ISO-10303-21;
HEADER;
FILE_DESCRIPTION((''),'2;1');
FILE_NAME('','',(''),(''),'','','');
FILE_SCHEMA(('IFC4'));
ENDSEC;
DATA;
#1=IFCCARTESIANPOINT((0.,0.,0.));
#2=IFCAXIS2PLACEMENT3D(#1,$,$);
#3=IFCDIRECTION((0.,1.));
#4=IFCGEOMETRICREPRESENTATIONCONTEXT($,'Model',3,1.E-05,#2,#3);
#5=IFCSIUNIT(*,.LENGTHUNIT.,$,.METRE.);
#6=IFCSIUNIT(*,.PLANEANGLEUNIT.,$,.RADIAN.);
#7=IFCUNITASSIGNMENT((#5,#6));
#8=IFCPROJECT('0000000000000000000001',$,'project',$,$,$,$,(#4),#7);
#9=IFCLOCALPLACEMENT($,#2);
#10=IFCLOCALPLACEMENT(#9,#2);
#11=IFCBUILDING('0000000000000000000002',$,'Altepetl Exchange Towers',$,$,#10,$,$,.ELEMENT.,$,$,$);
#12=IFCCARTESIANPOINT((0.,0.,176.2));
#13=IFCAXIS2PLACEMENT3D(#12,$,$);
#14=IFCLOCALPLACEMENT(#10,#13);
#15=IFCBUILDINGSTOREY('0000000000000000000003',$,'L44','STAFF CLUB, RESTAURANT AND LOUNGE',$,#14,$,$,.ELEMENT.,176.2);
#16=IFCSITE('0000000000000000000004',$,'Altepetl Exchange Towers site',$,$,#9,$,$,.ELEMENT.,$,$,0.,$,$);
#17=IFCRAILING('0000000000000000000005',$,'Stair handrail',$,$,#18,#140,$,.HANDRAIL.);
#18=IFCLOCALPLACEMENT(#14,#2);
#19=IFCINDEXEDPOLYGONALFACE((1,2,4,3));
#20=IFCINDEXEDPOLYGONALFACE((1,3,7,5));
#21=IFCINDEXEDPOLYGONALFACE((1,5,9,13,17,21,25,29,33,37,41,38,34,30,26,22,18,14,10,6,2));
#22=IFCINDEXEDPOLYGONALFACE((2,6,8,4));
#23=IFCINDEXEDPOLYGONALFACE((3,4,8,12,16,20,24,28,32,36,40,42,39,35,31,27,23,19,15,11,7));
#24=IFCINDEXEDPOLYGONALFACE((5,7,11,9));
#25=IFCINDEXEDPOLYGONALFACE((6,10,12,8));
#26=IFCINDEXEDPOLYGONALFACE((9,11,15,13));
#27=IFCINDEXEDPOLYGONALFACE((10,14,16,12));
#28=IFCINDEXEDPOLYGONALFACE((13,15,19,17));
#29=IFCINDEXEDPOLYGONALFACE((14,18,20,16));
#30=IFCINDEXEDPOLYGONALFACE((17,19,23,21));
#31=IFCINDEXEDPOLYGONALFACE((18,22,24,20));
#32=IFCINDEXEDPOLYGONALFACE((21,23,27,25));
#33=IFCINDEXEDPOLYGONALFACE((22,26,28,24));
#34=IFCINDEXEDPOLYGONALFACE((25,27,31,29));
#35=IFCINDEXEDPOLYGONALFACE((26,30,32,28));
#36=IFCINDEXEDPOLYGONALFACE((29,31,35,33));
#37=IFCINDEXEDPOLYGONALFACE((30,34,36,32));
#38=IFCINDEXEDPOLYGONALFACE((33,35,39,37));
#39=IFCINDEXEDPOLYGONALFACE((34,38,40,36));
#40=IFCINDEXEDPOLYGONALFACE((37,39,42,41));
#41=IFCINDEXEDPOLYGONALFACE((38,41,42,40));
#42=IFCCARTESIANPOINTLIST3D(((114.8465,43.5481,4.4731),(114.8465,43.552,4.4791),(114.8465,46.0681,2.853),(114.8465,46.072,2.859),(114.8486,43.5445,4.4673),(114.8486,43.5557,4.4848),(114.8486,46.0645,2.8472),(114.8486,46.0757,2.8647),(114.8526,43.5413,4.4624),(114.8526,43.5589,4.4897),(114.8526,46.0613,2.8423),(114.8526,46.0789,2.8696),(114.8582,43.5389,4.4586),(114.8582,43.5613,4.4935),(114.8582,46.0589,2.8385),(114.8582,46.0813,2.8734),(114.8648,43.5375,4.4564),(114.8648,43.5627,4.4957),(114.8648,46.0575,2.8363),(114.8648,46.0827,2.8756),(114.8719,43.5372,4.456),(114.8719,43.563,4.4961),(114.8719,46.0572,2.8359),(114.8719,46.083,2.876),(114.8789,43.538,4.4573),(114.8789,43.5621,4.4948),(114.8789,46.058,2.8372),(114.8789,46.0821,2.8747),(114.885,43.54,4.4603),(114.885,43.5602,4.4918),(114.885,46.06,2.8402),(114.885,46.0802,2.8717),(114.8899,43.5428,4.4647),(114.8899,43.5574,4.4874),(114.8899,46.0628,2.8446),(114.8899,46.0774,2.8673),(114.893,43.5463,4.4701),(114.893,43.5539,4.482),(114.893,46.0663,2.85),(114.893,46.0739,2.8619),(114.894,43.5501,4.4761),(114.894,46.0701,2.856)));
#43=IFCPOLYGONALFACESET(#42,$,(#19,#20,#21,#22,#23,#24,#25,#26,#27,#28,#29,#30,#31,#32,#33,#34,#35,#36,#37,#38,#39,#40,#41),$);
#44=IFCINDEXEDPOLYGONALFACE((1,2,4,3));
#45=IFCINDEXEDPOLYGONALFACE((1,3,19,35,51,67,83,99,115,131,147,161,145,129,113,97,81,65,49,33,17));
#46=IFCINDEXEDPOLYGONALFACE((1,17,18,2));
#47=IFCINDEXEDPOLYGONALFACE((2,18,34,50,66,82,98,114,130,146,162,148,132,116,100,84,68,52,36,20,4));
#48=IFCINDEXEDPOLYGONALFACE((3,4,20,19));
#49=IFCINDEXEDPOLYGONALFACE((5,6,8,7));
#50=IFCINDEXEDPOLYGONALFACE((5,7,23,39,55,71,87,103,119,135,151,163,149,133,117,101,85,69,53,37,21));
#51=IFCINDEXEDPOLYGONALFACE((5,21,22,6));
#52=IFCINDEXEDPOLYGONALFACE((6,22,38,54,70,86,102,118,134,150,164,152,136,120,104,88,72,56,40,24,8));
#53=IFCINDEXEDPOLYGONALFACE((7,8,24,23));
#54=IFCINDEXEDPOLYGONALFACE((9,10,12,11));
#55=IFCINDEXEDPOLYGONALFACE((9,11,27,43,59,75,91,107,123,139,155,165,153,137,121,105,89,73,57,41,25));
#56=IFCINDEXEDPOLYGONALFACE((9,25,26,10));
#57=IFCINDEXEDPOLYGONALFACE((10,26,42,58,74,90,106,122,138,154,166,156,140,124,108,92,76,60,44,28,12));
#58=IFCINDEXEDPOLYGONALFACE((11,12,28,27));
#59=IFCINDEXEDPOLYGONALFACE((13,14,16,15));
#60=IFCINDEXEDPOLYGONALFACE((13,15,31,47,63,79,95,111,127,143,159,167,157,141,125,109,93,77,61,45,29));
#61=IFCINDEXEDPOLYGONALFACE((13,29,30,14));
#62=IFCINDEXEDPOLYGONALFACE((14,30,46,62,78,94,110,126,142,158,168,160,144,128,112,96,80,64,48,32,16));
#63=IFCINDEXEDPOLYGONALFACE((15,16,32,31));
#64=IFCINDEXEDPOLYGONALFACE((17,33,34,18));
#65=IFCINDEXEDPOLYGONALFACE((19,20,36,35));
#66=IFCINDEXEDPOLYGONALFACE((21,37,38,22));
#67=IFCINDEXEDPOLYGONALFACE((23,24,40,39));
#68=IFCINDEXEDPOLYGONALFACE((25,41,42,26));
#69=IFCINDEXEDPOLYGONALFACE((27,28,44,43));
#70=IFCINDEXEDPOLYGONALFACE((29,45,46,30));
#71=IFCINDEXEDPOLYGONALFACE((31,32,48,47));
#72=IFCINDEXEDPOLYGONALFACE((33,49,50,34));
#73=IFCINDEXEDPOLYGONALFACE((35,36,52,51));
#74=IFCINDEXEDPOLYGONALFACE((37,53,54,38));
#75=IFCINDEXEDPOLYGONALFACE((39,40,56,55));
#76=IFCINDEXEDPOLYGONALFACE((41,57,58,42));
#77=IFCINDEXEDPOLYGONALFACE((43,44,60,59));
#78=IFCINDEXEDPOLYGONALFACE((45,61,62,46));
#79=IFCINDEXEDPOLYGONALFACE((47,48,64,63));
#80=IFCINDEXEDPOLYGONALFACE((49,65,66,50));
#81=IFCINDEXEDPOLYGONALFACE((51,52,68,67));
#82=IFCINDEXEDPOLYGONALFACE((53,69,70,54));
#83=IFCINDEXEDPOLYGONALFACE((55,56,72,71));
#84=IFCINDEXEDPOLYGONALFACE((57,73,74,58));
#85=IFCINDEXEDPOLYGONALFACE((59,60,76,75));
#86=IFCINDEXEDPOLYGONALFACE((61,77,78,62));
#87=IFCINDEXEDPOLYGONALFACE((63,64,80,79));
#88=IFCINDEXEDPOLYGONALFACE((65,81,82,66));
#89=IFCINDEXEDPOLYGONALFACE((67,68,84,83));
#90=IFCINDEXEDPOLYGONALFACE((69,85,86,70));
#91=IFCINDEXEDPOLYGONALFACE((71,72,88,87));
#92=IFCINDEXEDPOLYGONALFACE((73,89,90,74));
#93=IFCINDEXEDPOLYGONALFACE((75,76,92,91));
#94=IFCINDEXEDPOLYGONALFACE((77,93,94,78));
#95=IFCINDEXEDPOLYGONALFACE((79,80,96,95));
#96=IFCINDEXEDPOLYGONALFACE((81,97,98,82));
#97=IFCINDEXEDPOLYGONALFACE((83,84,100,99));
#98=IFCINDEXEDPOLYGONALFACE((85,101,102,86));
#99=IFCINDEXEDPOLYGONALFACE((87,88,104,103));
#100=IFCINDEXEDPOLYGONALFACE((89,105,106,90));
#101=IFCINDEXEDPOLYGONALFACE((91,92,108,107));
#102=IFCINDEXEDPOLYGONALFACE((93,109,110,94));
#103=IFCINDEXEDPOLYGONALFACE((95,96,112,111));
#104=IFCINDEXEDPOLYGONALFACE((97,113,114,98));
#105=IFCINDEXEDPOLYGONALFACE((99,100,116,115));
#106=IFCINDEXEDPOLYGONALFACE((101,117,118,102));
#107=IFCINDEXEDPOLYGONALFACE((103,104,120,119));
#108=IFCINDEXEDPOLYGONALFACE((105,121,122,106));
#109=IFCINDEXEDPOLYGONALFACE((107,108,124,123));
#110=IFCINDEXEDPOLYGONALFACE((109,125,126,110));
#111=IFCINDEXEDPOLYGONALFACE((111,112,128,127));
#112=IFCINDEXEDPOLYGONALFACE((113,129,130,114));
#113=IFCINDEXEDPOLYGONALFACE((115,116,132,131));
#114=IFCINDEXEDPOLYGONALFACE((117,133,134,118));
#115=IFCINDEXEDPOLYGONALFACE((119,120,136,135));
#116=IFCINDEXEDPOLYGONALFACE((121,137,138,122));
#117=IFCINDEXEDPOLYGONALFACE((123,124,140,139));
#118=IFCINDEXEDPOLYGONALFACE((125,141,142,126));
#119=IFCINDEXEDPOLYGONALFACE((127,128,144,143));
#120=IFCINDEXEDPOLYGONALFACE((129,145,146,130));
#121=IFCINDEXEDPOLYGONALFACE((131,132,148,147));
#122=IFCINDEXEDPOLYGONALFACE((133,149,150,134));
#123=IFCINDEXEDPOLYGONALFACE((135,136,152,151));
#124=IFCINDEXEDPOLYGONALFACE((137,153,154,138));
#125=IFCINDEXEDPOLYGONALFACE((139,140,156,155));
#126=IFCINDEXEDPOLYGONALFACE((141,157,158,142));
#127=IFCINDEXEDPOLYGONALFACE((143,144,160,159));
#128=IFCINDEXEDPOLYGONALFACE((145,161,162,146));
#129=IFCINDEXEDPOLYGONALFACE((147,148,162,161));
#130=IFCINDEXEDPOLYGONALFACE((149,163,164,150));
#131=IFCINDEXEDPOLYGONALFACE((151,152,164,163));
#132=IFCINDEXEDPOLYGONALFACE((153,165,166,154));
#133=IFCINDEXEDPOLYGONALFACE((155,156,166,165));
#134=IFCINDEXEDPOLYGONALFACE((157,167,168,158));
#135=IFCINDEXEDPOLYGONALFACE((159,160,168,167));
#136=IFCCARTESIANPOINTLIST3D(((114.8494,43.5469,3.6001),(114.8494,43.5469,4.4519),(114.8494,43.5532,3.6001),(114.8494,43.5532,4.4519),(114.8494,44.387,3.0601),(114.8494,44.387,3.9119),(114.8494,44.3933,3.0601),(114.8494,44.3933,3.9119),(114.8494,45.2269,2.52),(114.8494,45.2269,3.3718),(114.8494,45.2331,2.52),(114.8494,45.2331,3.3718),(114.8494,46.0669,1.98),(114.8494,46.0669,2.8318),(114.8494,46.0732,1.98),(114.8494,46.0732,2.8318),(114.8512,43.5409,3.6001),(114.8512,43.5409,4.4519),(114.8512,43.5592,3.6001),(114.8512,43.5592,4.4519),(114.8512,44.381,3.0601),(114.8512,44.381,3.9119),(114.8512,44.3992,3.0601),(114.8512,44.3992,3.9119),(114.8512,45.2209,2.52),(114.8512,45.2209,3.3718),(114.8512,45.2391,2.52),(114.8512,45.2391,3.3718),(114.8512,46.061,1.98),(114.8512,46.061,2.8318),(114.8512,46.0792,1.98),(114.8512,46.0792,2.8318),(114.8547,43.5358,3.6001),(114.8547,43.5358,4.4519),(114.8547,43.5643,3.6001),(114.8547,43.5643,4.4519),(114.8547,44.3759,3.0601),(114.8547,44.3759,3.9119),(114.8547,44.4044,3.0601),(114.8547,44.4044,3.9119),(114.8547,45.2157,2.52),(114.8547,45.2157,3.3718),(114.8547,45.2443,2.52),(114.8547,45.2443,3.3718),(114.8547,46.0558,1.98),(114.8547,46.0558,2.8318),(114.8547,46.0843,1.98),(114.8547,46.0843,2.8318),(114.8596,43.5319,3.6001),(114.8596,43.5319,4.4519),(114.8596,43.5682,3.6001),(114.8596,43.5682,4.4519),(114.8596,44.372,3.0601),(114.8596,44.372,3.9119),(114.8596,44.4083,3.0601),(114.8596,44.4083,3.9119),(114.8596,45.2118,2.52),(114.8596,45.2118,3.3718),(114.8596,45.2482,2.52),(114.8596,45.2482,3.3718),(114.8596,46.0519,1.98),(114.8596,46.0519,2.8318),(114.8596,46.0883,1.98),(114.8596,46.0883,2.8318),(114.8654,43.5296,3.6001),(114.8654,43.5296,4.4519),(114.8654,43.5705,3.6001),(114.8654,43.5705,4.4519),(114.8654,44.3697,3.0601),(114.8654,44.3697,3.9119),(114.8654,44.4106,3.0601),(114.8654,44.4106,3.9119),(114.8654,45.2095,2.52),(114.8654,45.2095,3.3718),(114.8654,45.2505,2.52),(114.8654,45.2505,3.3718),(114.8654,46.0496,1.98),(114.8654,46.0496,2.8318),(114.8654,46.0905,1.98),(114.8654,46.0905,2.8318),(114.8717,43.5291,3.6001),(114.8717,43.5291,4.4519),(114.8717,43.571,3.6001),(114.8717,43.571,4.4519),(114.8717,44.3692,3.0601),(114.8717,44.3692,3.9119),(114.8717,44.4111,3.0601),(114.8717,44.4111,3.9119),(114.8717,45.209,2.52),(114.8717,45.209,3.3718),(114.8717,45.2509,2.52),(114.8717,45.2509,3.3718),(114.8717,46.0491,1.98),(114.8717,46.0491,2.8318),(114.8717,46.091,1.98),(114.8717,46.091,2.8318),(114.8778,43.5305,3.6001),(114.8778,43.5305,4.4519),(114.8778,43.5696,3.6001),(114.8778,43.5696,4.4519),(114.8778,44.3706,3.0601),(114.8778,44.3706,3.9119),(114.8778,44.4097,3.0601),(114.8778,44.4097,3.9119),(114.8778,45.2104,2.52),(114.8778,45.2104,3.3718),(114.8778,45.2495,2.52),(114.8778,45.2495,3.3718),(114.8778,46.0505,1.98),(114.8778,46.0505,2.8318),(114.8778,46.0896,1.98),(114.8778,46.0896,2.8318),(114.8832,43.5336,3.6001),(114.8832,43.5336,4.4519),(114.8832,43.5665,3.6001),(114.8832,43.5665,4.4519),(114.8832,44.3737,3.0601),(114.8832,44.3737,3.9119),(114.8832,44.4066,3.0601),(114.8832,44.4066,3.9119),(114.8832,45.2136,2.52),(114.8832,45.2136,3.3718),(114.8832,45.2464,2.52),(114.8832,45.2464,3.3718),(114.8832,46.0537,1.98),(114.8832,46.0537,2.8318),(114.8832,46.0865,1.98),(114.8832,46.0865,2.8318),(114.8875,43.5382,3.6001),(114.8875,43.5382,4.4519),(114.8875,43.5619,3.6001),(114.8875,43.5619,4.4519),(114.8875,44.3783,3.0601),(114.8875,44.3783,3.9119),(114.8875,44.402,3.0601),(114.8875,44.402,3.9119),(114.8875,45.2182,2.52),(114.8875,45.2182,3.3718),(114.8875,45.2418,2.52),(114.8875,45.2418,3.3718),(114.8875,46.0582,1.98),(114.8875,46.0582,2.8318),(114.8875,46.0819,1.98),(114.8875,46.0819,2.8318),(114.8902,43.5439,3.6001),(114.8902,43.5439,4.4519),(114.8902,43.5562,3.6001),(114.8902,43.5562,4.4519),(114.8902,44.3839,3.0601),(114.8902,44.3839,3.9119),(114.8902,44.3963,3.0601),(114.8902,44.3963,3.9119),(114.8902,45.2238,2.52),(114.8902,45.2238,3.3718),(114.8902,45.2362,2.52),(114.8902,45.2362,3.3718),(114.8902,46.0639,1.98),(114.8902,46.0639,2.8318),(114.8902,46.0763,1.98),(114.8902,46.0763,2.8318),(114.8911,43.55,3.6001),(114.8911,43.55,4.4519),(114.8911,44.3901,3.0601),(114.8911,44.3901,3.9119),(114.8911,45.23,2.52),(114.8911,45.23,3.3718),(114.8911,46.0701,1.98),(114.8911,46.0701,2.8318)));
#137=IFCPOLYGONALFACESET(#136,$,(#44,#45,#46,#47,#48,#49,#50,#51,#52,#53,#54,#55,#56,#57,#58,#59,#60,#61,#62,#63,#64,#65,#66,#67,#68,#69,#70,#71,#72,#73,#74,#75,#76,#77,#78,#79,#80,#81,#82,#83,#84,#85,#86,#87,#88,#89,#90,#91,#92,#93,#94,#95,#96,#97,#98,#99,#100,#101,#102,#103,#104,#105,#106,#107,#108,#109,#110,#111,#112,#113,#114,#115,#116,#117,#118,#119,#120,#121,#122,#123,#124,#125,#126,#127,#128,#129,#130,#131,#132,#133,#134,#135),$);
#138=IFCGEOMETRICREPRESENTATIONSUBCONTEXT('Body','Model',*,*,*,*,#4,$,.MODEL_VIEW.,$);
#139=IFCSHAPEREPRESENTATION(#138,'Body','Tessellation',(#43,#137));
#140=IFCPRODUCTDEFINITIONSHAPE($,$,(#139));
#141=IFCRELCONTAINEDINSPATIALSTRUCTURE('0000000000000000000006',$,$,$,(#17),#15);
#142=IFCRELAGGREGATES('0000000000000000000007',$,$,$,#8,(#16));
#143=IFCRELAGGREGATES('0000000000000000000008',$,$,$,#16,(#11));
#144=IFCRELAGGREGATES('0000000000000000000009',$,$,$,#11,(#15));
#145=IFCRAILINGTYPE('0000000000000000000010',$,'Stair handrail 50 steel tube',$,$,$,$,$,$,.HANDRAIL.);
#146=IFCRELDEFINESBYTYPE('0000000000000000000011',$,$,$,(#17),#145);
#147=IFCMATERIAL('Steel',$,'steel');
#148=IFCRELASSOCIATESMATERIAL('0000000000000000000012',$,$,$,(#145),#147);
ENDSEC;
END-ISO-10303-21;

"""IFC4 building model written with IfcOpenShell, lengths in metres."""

from ifc_helpers import new_model, si_unit, direction, frame, origin, origin_2d, place, context, subcontext, project, spatial, circle, extrude, source, transform, mapped, material, type_object, element, save


model = new_model("IFC4")

# Units and contexts
model_context = context("Model", 3, precision=1e-05, world=origin(), true_north=direction((0.0, 1.0)))
body_context = subcontext(model_context, "Body", "Model", "MODEL_VIEW")
ifc_project = project(units=[si_unit("LENGTHUNIT", "METRE"), si_unit("PLANEANGLEUNIT", "RADIAN")], contexts=[model_context])

# Site, building, storey
site_placement = place(None, origin())
site = spatial("IfcSite", under=ifc_project, at=site_placement, Name="Altepetl Exchange Towers site", CompositionType="ELEMENT", RefElevation=0.0)
building_placement = place(site_placement, origin())
building = spatial("IfcBuilding", under=site, at=building_placement, Name="Altepetl Exchange Towers", CompositionType="ELEMENT")
storey_placement = place(building_placement, frame((0.0, 0.0, 176.2)))
storey = spatial("IfcBuildingStorey", under=building, at=storey_placement, Name="L44", Description="STAFF CLUB, RESTAURANT AND LOUNGE", CompositionType="ELEMENT", Elevation=176.2)

# Railing
ifc_material_1 = material(Name="Steel", Category="steel")
railing_type = type_object("IfcRailingType", Name="Stair handrail 50 steel tube", PredefinedType="HANDRAIL", material=ifc_material_1)
shared_shape = source(origin(), body_context, "Body", "SweptSolid", [
    extrude(circle(Radius=0.021, at=origin_2d()), origin(), (0.0, 0.0, 1.0), 0.8518),
])
railing_1_placement = place(storey_placement, frame((114.8701, 46.0701, 1.98)))
element("IfcRailing", 1, at=railing_1_placement, inside=storey, type_object=railing_type, Name="Stair handrail", PredefinedType="HANDRAIL", context=body_context, shape_type="SweptSolid", body=[
    extrude(circle(Radius=0.0239, at=origin_2d()), frame((0.0, 0.0, 0.876), z_axis=(0.0, -0.841163, 0.540782), x_axis=(1.0, 0.0, 0.0)), (0.0, 0.0, 1.0), 2.9958),
    mapped(shared_shape, transform((0.0, 0.0, 0.0))),
    mapped(shared_shape, transform((0.0, -0.8401, 0.54))),
    mapped(shared_shape, transform((0.0, -1.6799, 1.0801))),
    mapped(shared_shape, transform((0.0, -2.52, 1.6201))),
])

save(model, "model.ifc")
